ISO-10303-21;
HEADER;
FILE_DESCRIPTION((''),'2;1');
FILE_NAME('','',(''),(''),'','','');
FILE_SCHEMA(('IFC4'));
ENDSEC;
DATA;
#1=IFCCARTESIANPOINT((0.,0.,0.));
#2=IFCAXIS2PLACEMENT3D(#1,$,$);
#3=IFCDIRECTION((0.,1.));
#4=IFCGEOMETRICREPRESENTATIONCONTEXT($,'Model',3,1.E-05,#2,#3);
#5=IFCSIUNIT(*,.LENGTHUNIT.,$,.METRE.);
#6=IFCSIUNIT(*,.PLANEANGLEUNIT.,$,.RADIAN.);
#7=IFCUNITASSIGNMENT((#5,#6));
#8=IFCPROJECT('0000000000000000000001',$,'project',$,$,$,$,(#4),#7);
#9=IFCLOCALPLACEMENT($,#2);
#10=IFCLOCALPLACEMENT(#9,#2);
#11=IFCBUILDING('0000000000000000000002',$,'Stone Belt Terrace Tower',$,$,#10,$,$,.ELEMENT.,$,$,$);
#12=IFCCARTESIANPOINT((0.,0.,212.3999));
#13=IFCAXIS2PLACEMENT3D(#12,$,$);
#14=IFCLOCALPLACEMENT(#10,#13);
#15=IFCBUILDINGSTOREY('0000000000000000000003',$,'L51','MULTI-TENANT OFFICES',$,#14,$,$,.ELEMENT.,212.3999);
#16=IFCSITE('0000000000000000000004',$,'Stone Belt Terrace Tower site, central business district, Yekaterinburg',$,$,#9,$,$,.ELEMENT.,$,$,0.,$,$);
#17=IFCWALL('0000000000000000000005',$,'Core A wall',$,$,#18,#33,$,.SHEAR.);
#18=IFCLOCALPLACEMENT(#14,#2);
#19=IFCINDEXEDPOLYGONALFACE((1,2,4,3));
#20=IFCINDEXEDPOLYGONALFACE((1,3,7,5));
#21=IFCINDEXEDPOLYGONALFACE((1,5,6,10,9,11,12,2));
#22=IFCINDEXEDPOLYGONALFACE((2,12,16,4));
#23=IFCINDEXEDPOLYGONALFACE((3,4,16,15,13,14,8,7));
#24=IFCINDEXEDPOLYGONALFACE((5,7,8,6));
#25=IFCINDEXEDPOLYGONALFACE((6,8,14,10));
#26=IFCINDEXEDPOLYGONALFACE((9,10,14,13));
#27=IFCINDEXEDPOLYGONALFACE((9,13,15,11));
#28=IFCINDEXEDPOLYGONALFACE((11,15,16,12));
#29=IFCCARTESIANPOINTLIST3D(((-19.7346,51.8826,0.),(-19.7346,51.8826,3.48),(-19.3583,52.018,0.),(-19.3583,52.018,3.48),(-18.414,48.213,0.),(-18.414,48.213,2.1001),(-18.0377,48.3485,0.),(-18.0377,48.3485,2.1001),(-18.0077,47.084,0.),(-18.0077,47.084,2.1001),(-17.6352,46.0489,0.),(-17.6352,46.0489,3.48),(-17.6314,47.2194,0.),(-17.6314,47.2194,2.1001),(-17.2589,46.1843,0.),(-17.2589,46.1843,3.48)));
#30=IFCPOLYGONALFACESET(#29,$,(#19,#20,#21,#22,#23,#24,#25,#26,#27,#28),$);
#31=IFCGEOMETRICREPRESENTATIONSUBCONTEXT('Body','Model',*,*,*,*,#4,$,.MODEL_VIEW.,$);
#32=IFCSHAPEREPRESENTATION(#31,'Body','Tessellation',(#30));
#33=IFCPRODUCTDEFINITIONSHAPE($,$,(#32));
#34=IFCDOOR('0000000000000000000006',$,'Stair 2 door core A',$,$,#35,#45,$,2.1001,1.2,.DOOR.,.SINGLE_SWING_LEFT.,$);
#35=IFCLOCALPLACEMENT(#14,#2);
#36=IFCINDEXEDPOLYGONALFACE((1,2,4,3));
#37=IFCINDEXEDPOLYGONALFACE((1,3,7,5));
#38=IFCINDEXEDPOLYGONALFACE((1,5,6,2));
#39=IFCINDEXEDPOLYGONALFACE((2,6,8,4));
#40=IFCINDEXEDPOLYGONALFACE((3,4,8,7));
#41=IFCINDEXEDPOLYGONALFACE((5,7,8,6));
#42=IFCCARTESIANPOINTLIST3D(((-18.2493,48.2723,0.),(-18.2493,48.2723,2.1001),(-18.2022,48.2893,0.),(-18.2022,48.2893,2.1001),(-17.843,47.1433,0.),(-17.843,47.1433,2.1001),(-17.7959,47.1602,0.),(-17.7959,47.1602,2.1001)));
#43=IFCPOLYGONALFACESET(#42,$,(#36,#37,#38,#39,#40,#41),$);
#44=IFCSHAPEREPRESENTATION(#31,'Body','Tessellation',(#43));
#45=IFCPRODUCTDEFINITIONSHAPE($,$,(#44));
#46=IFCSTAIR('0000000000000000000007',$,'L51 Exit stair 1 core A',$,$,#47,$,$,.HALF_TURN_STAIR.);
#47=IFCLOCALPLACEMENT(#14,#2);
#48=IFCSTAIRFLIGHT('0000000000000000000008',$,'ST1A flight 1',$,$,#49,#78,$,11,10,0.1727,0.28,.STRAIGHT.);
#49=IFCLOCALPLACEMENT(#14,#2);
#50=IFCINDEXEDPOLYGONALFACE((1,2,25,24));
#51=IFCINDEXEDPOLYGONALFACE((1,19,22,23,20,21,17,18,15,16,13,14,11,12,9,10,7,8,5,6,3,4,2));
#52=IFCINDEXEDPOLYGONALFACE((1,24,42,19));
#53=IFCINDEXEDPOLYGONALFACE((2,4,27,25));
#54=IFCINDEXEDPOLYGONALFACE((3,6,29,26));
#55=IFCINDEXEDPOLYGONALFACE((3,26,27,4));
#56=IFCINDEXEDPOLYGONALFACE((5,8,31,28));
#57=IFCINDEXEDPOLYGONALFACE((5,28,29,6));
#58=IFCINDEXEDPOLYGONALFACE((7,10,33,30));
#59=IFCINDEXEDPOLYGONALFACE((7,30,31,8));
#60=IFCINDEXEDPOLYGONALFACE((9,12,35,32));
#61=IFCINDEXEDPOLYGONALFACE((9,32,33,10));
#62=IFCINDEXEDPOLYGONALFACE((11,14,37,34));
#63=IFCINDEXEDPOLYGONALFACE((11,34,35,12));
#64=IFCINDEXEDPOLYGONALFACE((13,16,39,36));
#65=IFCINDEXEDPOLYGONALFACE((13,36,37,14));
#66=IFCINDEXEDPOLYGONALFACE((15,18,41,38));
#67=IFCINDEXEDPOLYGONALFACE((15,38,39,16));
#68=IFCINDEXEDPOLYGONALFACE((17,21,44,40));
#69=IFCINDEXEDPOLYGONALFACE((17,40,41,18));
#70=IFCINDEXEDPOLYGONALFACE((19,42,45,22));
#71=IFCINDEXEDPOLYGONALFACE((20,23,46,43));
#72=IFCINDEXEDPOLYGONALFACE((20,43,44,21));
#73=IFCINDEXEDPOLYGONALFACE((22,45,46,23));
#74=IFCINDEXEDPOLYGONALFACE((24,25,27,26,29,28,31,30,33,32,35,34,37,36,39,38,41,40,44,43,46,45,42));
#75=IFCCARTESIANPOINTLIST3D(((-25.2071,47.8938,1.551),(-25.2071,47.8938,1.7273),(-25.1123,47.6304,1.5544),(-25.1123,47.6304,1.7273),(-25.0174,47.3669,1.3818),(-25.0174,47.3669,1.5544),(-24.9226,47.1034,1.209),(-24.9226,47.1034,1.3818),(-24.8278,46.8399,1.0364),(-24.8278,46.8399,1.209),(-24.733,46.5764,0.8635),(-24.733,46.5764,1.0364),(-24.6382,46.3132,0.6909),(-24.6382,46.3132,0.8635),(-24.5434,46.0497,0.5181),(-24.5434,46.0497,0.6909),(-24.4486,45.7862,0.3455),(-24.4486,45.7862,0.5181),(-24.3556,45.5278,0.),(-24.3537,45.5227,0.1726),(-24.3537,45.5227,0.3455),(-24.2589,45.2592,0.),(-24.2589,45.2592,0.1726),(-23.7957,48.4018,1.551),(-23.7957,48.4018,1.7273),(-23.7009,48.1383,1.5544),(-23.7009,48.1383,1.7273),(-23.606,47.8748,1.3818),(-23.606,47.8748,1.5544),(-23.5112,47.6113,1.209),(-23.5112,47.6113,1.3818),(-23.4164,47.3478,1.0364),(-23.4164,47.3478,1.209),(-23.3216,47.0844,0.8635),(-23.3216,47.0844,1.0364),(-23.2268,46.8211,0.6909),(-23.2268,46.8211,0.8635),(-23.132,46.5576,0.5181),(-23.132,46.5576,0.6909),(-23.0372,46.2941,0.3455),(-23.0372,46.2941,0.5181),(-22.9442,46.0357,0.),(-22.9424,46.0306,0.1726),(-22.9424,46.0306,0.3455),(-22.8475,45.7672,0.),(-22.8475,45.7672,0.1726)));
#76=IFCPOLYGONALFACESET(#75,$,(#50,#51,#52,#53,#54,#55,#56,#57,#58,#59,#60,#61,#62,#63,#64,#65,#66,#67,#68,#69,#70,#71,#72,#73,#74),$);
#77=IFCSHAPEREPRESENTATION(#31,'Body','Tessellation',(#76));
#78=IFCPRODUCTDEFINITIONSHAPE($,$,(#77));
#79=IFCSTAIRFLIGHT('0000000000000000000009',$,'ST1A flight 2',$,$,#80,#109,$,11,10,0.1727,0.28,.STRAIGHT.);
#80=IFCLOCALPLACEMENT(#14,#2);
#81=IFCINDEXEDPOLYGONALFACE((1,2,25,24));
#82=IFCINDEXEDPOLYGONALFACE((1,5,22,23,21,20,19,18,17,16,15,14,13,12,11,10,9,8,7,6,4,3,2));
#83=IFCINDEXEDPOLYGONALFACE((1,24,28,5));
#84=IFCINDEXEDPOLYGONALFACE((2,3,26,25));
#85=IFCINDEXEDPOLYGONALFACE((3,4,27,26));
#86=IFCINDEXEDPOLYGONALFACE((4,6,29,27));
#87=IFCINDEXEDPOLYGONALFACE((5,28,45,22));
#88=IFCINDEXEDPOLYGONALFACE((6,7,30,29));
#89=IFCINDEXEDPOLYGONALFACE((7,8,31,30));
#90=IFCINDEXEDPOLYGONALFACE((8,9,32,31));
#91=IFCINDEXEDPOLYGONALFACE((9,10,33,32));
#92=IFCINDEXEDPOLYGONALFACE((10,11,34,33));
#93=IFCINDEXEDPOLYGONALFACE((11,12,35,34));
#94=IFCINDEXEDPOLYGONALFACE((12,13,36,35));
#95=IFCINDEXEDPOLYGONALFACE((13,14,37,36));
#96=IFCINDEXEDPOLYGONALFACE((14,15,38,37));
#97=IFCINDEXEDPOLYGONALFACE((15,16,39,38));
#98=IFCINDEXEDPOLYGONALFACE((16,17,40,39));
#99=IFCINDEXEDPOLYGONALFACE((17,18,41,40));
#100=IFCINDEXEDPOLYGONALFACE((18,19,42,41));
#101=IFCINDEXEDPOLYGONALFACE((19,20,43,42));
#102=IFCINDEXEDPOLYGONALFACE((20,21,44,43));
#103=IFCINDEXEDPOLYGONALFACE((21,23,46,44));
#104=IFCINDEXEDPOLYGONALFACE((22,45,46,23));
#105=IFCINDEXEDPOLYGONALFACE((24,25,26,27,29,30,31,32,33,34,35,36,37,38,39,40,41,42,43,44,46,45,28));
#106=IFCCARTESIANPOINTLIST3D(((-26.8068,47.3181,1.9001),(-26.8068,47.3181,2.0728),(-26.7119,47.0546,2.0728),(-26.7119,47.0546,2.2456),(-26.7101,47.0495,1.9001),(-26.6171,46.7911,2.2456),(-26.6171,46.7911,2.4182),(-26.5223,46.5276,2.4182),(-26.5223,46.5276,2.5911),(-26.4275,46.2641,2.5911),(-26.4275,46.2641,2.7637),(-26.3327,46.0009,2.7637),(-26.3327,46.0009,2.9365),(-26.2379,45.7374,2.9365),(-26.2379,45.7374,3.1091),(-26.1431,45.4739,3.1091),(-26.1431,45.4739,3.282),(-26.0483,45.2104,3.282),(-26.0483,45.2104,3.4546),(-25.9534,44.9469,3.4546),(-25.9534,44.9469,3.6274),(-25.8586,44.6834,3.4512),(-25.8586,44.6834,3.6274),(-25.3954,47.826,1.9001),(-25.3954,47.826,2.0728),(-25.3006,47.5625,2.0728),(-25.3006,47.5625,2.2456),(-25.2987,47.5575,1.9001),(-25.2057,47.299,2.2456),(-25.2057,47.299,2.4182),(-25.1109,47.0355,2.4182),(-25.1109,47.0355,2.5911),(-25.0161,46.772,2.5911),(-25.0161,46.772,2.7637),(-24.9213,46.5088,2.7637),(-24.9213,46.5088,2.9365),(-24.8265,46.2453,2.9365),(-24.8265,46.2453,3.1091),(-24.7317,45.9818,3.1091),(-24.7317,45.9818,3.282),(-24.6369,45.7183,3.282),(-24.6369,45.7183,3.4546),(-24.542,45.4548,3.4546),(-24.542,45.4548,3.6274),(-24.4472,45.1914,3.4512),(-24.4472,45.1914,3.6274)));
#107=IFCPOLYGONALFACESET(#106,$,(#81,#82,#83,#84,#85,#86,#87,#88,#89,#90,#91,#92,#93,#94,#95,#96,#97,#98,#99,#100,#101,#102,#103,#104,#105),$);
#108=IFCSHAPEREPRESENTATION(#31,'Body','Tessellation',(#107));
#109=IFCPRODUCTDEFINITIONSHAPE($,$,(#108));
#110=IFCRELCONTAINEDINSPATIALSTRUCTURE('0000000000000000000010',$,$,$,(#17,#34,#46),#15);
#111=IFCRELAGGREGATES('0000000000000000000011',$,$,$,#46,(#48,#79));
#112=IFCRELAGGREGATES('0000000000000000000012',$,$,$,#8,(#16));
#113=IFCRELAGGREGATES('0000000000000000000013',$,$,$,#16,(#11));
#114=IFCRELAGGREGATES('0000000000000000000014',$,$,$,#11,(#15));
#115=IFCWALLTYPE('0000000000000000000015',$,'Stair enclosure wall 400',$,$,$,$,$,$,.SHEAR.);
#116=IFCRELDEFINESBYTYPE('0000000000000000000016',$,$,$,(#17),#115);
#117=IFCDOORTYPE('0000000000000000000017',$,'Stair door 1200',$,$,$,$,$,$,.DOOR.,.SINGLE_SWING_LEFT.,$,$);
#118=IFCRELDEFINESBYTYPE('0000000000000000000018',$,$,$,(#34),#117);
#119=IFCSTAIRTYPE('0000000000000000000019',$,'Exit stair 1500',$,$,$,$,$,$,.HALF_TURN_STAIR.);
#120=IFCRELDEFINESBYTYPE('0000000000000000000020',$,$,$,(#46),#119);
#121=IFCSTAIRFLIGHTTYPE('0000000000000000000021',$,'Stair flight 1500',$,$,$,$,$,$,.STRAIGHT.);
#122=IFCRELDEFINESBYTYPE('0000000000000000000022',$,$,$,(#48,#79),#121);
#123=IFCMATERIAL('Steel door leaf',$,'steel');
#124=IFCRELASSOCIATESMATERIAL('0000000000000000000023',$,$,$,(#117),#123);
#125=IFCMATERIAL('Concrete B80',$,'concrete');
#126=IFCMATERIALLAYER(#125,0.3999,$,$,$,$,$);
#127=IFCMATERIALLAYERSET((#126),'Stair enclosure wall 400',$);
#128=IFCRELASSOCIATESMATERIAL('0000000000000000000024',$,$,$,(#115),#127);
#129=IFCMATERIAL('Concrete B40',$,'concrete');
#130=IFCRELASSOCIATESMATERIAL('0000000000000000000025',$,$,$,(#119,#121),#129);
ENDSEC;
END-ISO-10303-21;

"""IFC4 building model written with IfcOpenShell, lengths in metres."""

from ifc_helpers import new_model, si_unit, direction, frame, frame_2d, origin, place, context, subcontext, project, spatial, polyline, rectangle, outline, extrude, material, layer, layer_set, type_object, element, fill, aggregate, save


model = new_model("IFC4")

# Units and contexts
model_context = context("Model", 3, precision=1e-05, world=origin(), true_north=direction((0.0, 1.0)))
body_context = subcontext(model_context, "Body", "Model", "MODEL_VIEW")
ifc_project = project(units=[si_unit("LENGTHUNIT", "METRE"), si_unit("PLANEANGLEUNIT", "RADIAN")], contexts=[model_context])

# Site, building, storey
site_placement = place(None, origin())
site = spatial("IfcSite", under=ifc_project, at=site_placement, Name="Stone Belt Terrace Tower site, central business district, Yekaterinburg", CompositionType="ELEMENT", RefElevation=0.0)
building_placement = place(site_placement, origin())
building = spatial("IfcBuilding", under=site, at=building_placement, Name="Stone Belt Terrace Tower", CompositionType="ELEMENT")
storey_placement = place(building_placement, frame((0.0, 0.0, 212.3999)))
storey = spatial("IfcBuildingStorey", under=building, at=storey_placement, Name="L51", Description="MULTI-TENANT OFFICES", CompositionType="ELEMENT", Elevation=212.3999)

# Shared definitions
ifc_material_1 = material(Name="Concrete B80", Category="concrete")

# Shared definitions
ifc_material_2 = material(Name="Steel door leaf", Category="steel")
door_type_1 = type_object("IfcDoorType", Name="Stair door 1200", OperationType="SINGLE_SWING_LEFT", PredefinedType="DOOR", material=ifc_material_2)

# Shared definitions
ifc_layer_1 = layer(ifc_material_1, 0.3999)
ifc_layer_set_1 = layer_set([ifc_layer_1], Name="Stair enclosure wall 400")
wall_type_1 = type_object("IfcWallType", Name="Stair enclosure wall 400", PredefinedType="SHEAR", material=ifc_layer_set_1)

# Wall, opening, door
wall_1_placement = place(storey_placement, frame((-17.447, 46.1165, 0.0), z_axis=(0.0, 0.0, 1.0), x_axis=(-0.338608, 0.940928, 0.0)))
wall_1 = element("IfcWall", 1, at=wall_1_placement, inside=storey, type_object=wall_type_1, Name="Core A wall", PredefinedType="SHEAR", context=body_context, shape_type="SweptSolid", body=[
    extrude(rectangle(XDim=6.2, YDim=0.3999, at=frame_2d((3.1001, 0.0))), origin(), (0.0, 0.0, 1.0), 3.48),
])
opening_1_placement = place(wall_1_placement, frame((1.1001, 0.0, 0.0)))
opening_1 = element("IfcOpeningElement", 2, at=opening_1_placement, cuts=wall_1, PredefinedType="OPENING", context=body_context, shape_type="SweptSolid", body=[
    extrude(rectangle(XDim=1.2, YDim=2.1001, at=frame_2d((0.6001, 1.05))), frame((0.0, 0.21, 0.0), z_axis=(0.0, -1.0, 0.0), x_axis=(1.0, 0.0, 0.0)), (0.0, 0.0, 1.0), 0.4199),
])
door_1_placement = place(opening_1_placement, origin())
door_1 = element("IfcDoor", 3, at=door_1_placement, inside=storey, type_object=door_type_1, Name="Stair 2 door core A", OperationType="SINGLE_SWING_LEFT", OverallHeight=2.1001, OverallWidth=1.2, PredefinedType="DOOR", context=body_context, shape_type="SweptSolid", body=[
    extrude(rectangle(XDim=1.2, YDim=2.1001, at=frame_2d((0.6001, 1.05))), frame((0.0, 0.0249, 0.0), z_axis=(0.0, -1.0, 0.0), x_axis=(1.0, 0.0, 0.0)), (0.0, 0.0, 1.0), 0.05),
])
fill(opening_1, door_1)

# Stair, stair flights
ifc_material_3 = material(Name="Concrete B40", Category="concrete")
stair_type = type_object("IfcStairType", Name="Exit stair 1500", PredefinedType="HALF_TURN_STAIR", material=ifc_material_3)
stair_placement = place(storey_placement, origin())
stair = element("IfcStair", 4, at=stair_placement, inside=storey, type_object=stair_type, Name="L51 Exit stair 1 core A", PredefinedType="HALF_TURN_STAIR")
stair_flight_type = type_object("IfcStairFlightType", Name="Stair flight 1500", PredefinedType="STRAIGHT", material=ifc_material_3)
stair_flight_1_placement = place(storey_placement, frame((-23.5532, 45.5132, 0.0), z_axis=(0.0, 0.0, 1.0), x_axis=(-0.338624, 0.940922, 0.0)))
stair_flight_1 = element("IfcStairFlight", 5, at=stair_flight_1_placement, type_object=stair_flight_type, Name="ST1A flight 1", NumberOfRisers=11, NumberOfTreads=10, PredefinedType="STRAIGHT", RiserHeight=0.1727, TreadLength=0.28, context=body_context, shape_type="SweptSolid", body=[
    extrude(outline(polyline([(0.0, 0.0), (0.0, 0.1726), (0.28, 0.1726), (0.28, 0.3455), (0.5601, 0.3455), (0.5601, 0.5181), (0.8401, 0.5181), (0.8401, 0.6909), (1.1201, 0.6909), (1.1201, 0.8635), (1.3999, 0.8635), (1.3999, 1.0364), (1.6799, 1.0364), (1.6799, 1.209), (1.96, 1.209), (1.96, 1.3818), (2.24, 1.3818), (2.24, 1.5544), (2.52, 1.5544), (2.52, 1.7273), (2.8, 1.7273), (2.8, 1.8999), (2.8, 1.551), (0.2854, 0.0), (0.0, 0.0)])), frame((0.0, 0.75, 0.0), z_axis=(0.0, -1.0, 0.0), x_axis=(1.0, 0.0, 0.0)), (0.0, 0.0, 1.0), 1.5),
])
stair_flight_2_placement = place(storey_placement, frame((-26.1011, 47.572, 1.9001), z_axis=(0.0, 0.0, 1.0), x_axis=(0.338624, -0.940922, 0.0)))
stair_flight_2 = element("IfcStairFlight", 6, at=stair_flight_2_placement, type_object=stair_flight_type, Name="ST1A flight 2", NumberOfRisers=11, NumberOfTreads=10, PredefinedType="STRAIGHT", RiserHeight=0.1727, TreadLength=0.28, context=body_context, shape_type="SweptSolid", body=[
    extrude(outline(polyline([(0.0, 0.0), (0.0, 0.1726), (0.28, 0.1726), (0.28, 0.3455), (0.5601, 0.3455), (0.5601, 0.5181), (0.8401, 0.5181), (0.8401, 0.6909), (1.1201, 0.6909), (1.1201, 0.8635), (1.3999, 0.8635), (1.3999, 1.0364), (1.6799, 1.0364), (1.6799, 1.209), (1.96, 1.209), (1.96, 1.3818), (2.24, 1.3818), (2.24, 1.5544), (2.52, 1.5544), (2.52, 1.7273), (2.8, 1.7273), (2.8, 1.8999), (2.8, 1.551), (0.2854, 0.0), (0.0, 0.0)])), frame((0.0, 0.75, 0.0), z_axis=(0.0, -1.0, 0.0), x_axis=(1.0, 0.0, 0.0)), (0.0, 0.0, 1.0), 1.5),
])
aggregate(stair, [stair_flight_1, stair_flight_2])

save(model, "model.ifc")
